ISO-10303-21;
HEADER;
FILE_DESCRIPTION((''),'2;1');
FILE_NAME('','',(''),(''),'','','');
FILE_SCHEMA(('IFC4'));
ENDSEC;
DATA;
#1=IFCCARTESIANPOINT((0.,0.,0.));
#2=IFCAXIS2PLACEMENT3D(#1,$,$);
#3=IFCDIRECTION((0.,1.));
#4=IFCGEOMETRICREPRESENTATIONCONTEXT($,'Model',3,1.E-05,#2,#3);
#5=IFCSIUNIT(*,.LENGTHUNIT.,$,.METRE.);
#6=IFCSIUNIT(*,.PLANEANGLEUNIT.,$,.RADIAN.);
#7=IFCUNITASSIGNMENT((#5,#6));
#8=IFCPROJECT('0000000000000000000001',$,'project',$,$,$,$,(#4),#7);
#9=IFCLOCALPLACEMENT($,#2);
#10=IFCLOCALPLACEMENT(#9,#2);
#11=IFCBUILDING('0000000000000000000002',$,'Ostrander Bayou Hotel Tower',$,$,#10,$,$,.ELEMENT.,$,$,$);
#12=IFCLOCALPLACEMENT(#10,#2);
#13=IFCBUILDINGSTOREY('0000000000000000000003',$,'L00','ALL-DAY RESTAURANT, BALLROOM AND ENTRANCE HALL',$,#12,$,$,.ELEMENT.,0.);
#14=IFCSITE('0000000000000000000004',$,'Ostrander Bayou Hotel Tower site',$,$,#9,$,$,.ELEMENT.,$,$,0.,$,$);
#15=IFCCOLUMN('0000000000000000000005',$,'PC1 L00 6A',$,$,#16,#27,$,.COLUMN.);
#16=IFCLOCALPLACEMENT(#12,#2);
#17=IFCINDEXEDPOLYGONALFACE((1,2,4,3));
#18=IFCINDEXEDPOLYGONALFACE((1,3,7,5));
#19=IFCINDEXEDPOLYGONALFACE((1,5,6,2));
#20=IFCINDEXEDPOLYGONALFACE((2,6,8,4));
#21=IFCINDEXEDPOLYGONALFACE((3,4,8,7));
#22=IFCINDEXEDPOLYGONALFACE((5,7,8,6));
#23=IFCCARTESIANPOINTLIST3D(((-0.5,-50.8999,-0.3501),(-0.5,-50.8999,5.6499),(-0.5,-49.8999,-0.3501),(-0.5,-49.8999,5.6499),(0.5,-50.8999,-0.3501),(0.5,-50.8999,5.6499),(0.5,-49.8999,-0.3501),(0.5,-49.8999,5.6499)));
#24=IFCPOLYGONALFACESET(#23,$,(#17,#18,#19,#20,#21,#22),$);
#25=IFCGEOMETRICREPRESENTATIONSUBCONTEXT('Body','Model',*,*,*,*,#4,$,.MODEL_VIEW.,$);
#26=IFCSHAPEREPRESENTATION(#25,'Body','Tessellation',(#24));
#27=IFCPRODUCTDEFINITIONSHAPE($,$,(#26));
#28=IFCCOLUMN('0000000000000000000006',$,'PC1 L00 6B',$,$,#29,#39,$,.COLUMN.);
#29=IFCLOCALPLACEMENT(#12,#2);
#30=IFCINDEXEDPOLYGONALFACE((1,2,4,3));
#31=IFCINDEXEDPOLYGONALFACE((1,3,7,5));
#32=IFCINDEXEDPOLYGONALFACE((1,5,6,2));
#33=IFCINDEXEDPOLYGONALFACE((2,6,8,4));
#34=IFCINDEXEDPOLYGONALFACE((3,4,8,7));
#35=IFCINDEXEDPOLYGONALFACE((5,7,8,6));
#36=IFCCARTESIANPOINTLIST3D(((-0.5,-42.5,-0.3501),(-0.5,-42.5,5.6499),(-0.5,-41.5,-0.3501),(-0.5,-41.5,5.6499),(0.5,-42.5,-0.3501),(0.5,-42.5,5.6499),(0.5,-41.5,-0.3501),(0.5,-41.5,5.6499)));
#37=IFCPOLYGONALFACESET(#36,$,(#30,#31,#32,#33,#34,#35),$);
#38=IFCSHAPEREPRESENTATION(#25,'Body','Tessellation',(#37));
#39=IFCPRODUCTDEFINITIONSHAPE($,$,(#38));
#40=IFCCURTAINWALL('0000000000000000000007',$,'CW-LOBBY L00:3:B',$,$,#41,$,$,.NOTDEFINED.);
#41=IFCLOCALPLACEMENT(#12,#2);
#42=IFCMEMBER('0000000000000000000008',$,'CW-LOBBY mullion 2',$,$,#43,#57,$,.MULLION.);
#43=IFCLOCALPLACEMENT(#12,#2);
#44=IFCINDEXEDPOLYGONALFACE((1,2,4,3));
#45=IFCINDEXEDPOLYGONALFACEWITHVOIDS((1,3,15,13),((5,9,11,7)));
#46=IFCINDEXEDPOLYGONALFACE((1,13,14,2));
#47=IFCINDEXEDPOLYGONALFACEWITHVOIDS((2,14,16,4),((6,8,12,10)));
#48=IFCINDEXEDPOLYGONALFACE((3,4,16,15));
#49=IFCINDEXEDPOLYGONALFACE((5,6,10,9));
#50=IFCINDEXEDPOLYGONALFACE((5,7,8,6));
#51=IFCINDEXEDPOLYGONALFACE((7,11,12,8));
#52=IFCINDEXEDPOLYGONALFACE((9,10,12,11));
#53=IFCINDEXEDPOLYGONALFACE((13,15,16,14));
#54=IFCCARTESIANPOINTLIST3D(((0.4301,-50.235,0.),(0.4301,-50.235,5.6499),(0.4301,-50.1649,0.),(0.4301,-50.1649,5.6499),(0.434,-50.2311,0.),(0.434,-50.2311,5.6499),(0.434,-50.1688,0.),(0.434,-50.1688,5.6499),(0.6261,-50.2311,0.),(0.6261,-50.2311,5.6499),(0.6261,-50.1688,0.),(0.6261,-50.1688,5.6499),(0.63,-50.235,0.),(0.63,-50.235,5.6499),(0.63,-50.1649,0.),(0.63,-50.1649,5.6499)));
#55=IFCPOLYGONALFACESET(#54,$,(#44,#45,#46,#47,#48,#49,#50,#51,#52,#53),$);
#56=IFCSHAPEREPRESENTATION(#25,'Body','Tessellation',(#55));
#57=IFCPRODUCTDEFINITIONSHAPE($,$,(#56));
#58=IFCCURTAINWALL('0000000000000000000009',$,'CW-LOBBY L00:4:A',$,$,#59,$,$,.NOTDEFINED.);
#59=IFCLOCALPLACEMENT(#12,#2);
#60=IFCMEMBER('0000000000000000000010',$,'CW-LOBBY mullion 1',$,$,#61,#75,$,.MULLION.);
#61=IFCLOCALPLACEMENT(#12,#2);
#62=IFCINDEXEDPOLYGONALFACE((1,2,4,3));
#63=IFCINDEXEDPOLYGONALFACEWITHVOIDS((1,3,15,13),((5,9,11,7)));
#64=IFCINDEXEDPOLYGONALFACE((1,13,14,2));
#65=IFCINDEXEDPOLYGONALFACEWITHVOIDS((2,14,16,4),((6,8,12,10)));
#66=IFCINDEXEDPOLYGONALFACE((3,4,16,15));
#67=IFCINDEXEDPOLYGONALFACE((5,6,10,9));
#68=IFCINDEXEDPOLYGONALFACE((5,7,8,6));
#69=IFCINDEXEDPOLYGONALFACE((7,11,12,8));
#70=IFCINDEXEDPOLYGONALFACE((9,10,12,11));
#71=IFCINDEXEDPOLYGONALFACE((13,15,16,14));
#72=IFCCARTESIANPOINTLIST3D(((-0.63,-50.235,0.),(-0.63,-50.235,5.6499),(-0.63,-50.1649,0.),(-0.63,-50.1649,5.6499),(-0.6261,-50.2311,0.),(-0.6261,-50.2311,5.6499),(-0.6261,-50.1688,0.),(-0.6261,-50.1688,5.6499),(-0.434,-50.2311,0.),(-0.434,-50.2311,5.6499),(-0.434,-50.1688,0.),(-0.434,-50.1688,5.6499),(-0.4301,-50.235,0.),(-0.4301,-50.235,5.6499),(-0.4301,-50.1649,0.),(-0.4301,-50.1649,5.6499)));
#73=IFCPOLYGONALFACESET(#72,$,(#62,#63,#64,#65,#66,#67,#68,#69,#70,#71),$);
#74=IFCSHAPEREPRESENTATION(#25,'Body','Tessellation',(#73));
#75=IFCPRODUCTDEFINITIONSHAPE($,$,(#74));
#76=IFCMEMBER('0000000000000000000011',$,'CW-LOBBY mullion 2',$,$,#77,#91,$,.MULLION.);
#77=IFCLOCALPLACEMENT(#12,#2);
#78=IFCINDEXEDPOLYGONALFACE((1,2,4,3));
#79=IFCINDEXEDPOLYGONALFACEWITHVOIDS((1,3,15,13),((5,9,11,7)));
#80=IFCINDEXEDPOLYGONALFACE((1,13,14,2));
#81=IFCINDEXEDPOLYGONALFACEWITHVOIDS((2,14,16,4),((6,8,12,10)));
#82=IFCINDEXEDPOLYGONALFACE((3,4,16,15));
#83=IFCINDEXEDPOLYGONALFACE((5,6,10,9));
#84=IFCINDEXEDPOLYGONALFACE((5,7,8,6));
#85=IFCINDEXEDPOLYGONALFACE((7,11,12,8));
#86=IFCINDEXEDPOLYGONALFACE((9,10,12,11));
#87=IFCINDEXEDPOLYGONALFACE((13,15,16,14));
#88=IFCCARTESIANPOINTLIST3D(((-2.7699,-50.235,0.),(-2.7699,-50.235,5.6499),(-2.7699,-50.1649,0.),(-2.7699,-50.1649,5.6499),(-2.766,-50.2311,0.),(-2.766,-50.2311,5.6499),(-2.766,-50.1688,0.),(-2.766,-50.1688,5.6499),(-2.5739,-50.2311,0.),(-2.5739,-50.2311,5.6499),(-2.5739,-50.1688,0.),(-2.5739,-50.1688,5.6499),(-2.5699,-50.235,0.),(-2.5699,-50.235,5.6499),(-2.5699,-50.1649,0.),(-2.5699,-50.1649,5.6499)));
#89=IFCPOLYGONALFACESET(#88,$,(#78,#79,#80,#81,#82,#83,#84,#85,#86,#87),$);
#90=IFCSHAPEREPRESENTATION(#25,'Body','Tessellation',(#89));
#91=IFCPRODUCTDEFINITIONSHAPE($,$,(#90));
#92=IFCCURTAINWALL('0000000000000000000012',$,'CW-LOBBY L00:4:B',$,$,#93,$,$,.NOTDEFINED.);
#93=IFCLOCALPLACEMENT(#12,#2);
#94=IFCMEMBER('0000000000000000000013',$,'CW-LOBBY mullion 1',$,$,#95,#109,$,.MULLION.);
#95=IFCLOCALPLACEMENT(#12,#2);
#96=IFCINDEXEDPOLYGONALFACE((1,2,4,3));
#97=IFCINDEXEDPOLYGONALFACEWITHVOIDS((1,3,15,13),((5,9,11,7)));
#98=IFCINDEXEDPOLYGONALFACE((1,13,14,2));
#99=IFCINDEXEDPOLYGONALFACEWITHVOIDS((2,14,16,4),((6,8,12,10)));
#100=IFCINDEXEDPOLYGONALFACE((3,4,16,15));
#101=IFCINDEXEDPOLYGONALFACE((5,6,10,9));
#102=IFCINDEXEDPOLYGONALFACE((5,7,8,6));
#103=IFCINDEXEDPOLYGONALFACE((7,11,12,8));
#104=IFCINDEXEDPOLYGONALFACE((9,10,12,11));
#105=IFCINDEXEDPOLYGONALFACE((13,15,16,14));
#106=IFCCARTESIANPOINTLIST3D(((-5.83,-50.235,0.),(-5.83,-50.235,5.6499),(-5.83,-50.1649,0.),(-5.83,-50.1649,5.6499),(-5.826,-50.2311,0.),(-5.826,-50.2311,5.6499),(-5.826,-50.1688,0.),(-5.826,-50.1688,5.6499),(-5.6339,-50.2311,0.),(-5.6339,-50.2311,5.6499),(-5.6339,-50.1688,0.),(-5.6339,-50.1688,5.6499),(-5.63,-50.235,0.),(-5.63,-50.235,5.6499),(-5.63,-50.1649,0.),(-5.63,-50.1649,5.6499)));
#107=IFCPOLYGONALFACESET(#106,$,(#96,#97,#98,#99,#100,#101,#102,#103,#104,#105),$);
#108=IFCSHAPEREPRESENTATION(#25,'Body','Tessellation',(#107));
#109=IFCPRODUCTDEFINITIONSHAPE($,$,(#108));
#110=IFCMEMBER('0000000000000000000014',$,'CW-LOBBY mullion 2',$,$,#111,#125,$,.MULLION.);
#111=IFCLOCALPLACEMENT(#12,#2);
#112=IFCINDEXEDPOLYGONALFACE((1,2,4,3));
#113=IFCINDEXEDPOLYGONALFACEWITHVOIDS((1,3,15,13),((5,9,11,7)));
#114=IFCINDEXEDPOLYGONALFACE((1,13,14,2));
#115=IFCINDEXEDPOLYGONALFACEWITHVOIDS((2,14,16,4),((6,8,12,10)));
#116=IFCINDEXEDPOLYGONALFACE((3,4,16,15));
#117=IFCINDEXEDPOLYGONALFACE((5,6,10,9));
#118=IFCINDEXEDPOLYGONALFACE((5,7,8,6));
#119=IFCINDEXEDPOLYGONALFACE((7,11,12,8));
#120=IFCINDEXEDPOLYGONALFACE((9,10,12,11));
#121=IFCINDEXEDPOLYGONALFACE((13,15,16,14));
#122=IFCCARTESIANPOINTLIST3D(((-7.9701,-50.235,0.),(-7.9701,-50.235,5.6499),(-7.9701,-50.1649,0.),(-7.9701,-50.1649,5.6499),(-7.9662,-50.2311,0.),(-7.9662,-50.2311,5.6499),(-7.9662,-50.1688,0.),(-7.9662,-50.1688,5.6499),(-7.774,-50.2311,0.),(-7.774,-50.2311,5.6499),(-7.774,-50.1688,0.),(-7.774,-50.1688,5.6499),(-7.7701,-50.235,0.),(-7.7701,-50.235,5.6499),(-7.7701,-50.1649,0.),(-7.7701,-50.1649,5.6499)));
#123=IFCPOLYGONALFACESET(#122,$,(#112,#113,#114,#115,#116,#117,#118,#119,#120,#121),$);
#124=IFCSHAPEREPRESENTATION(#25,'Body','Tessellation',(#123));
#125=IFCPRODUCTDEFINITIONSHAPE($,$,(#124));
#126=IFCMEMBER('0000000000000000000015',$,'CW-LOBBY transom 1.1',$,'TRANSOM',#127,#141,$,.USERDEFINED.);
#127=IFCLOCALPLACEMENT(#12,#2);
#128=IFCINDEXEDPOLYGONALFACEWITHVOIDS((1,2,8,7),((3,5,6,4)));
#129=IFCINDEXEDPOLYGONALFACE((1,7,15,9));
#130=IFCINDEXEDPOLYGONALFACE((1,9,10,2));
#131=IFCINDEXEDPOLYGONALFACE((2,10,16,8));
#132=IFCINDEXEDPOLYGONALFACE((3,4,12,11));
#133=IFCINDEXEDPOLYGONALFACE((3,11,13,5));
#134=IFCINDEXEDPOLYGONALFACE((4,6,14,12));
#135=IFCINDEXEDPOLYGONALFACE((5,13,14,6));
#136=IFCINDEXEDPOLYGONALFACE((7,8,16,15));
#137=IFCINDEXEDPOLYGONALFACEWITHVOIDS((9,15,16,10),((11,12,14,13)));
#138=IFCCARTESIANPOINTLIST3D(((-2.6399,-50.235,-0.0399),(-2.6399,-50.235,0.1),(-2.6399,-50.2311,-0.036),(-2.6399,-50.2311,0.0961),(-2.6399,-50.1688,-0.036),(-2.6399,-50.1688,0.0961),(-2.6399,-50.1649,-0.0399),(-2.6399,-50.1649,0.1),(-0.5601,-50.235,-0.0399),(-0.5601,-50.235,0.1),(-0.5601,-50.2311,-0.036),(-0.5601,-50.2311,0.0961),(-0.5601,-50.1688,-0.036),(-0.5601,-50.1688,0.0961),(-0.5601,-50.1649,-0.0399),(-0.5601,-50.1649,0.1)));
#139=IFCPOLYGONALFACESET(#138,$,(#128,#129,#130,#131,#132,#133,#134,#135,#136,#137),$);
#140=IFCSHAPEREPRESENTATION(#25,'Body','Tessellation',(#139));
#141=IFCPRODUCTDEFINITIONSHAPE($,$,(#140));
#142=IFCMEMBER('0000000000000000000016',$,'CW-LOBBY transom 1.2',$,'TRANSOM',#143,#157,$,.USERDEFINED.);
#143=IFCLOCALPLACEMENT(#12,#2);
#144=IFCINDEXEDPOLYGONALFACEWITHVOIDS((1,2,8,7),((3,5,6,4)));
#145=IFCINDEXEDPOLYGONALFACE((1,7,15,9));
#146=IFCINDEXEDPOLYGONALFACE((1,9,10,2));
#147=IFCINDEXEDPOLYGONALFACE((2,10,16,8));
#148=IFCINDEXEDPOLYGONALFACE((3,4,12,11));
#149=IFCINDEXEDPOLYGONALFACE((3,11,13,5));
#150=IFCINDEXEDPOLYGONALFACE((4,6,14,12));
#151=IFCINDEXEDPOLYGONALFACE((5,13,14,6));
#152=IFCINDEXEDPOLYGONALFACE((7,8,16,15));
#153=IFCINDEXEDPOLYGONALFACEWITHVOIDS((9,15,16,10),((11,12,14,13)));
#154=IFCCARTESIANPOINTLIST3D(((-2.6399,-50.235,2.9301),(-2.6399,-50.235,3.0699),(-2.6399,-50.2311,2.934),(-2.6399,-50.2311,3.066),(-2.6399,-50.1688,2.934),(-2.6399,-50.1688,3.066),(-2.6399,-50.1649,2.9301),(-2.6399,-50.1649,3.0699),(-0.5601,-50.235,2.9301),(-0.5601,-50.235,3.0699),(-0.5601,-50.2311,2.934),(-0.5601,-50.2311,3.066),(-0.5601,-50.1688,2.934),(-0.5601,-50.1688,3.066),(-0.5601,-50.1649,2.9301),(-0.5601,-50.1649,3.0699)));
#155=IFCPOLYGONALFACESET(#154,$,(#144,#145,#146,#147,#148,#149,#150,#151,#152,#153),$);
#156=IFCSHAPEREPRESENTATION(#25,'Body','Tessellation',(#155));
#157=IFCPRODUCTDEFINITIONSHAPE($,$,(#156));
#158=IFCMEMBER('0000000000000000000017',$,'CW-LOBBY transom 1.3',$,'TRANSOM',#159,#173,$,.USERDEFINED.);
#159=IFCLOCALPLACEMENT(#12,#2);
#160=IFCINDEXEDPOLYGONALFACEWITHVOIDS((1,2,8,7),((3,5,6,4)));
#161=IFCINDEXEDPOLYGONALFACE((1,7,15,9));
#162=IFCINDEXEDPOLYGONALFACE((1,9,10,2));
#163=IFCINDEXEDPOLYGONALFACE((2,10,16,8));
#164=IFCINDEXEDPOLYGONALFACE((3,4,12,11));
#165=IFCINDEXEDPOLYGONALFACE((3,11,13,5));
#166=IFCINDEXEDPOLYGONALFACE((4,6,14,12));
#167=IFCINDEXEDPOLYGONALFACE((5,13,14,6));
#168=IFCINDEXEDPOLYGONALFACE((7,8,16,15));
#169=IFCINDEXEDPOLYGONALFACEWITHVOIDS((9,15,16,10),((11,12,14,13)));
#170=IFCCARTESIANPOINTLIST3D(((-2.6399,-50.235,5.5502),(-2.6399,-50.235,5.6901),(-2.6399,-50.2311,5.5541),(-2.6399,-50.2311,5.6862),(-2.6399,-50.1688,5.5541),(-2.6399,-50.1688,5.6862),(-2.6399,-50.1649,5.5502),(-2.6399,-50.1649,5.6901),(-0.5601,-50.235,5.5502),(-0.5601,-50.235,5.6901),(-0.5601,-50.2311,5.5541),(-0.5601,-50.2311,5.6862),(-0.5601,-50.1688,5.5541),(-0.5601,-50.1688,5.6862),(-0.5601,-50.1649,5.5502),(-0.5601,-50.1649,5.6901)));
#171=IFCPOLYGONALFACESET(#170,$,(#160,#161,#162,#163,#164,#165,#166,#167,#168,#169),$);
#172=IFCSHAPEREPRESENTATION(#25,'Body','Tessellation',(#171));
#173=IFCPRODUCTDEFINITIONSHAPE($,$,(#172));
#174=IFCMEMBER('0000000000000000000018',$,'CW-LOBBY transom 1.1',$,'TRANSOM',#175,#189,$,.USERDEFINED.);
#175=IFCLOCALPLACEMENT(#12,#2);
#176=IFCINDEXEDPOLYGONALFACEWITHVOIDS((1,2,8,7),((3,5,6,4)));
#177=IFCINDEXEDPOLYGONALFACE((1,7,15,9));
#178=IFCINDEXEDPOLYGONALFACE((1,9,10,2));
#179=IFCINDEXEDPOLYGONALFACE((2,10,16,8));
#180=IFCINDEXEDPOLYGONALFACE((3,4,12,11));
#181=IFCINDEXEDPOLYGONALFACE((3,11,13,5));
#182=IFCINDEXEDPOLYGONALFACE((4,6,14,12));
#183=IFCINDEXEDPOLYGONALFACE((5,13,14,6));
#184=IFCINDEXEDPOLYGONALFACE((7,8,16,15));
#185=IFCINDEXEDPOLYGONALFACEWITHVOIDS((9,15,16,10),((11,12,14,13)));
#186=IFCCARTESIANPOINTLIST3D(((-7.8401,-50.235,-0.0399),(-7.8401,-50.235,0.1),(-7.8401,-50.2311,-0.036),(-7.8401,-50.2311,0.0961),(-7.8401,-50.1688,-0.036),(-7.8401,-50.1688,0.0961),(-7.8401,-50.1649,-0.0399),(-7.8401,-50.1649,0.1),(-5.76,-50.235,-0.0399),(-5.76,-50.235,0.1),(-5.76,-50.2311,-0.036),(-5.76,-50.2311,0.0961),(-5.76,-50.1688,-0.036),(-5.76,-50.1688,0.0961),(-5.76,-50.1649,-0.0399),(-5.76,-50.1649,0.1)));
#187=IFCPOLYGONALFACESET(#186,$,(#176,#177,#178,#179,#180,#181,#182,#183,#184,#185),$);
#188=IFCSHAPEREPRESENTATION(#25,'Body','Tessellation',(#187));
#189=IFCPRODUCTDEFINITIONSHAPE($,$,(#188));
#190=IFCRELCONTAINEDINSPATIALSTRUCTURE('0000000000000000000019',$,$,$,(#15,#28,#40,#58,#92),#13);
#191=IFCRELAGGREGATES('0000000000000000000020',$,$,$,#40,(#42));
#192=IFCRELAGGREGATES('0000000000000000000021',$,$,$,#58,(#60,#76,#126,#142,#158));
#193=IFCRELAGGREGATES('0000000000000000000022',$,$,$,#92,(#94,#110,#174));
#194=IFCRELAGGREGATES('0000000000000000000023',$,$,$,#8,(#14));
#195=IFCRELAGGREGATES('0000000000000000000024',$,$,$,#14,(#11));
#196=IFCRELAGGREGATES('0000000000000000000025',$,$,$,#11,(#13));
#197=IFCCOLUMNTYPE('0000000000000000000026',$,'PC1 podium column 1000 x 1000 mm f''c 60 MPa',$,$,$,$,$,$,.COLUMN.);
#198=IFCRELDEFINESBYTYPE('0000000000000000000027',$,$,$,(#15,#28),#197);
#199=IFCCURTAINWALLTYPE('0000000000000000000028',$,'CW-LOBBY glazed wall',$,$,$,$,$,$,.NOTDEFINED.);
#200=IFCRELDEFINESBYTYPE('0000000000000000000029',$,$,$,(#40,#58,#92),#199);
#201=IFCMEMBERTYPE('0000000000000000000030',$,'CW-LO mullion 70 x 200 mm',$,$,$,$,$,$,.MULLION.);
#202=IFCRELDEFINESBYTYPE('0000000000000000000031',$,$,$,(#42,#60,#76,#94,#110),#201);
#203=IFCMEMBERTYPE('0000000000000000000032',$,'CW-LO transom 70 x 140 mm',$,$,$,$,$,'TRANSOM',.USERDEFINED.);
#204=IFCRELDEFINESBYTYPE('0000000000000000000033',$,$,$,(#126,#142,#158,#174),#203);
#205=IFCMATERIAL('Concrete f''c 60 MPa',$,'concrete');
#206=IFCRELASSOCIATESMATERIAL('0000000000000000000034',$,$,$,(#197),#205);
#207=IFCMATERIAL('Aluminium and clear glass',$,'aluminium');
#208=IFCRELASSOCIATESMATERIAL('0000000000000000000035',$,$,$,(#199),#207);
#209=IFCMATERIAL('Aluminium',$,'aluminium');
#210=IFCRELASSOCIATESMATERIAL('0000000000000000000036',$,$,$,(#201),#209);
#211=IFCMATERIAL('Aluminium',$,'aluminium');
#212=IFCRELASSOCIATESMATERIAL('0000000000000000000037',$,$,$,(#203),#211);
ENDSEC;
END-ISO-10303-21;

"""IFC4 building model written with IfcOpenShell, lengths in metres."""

from ifc_helpers import new_model, si_unit, direction, frame, origin, origin_2d, place, context, subcontext, project, spatial, rectangle, hollow_rectangle, extrude, material, material_profile, profile_set, type_object, element, aggregate, save


model = new_model("IFC4")

# Units and contexts
model_context = context("Model", 3, precision=1e-05, world=origin(), true_north=direction((0.0, 1.0)))
body_context = subcontext(model_context, "Body", "Model", "MODEL_VIEW")
ifc_project = project(units=[si_unit("LENGTHUNIT", "METRE"), si_unit("PLANEANGLEUNIT", "RADIAN")], contexts=[model_context])

# Site, building, storey
site_placement = place(None, origin())
site = spatial("IfcSite", under=ifc_project, at=site_placement, Name="Ostrander Bayou Hotel Tower site", CompositionType="ELEMENT", RefElevation=0.0)
building_placement = place(site_placement, origin())
building = spatial("IfcBuilding", under=site, at=building_placement, Name="Ostrander Bayou Hotel Tower", CompositionType="ELEMENT")
storey_placement = place(building_placement, origin())
storey = spatial("IfcBuildingStorey", under=building, at=storey_placement, Name="L00", Description="ALL-DAY RESTAURANT, BALLROOM AND ENTRANCE HALL", CompositionType="ELEMENT", Elevation=0.0)

# Columns
ifc_material_1 = material(Name="Concrete f'c 60 MPa", Category="concrete")
ifc_material_profile_1 = material_profile(ifc_material_1, rectangle(XDim=1.0, YDim=1.0, at=origin_2d()))
ifc_profile_set_1 = profile_set([ifc_material_profile_1], Name="Concrete f'c 60 MPa")
column_type = type_object("IfcColumnType", Name="PC1 podium column 1000 x 1000 mm f'c 60 MPa", PredefinedType="COLUMN", material=ifc_profile_set_1)
for number, where, z_axis, x_axis, name in (
    (1, (0.0, -50.3999, -0.3501), (0.0, 0.0, 1.0), (1.0, 0.0, 0.0), "PC1 L00 6A"),
    (2, (0.0, -42.0, -0.3501), (0.0, 0.0, 1.0), (1.0, 0.0, 0.0), "PC1 L00 6B"),
):
    element("IfcColumn", number, at=place(storey_placement, frame(where, z_axis=z_axis, x_axis=x_axis)), inside=storey, type_object=column_type, Name=name, PredefinedType="COLUMN", context=body_context, shape_type="SweptSolid", body=[
        extrude(rectangle(XDim=1.0, YDim=1.0, at=origin_2d()), origin(), (0.0, 0.0, 1.0), 6.0),
    ])

# Curtain wall, member
ifc_material_2 = material(Name="Aluminium and clear glass", Category="aluminium")
curtain_wall_type = type_object("IfcCurtainWallType", Name="CW-LOBBY glazed wall", PredefinedType="NOTDEFINED", material=ifc_material_2)
curtain_wall_1_placement = place(storey_placement, origin())
curtain_wall_1 = element("IfcCurtainWall", 3, at=curtain_wall_1_placement, inside=storey, type_object=curtain_wall_type, Name="CW-LOBBY L00:3:B", PredefinedType="NOTDEFINED")
ifc_material_3 = material(Name="Aluminium", Category="aluminium")
ifc_material_profile_2 = material_profile(ifc_material_3, hollow_rectangle(XDim=0.0701, YDim=0.2, WallThickness=0.0039, at=origin_2d()))
ifc_profile_set_2 = profile_set([ifc_material_profile_2], Name="Aluminium")
member_type_1 = type_object("IfcMemberType", Name="CW-LO mullion 70 x 200 mm", PredefinedType="MULLION", material=ifc_profile_set_2)
member_1_placement = place(storey_placement, frame((0.53, -50.2, 0.0), z_axis=(0.0, 0.0, 1.0), x_axis=(0.0, -1.0, 0.0)))
member_1 = element("IfcMember", 4, at=member_1_placement, type_object=member_type_1, Name="CW-LOBBY mullion 2", PredefinedType="MULLION", context=body_context, shape_type="SweptSolid", body=[
    extrude(hollow_rectangle(XDim=0.0701, YDim=0.2, WallThickness=0.0039, at=origin_2d()), origin(), (0.0, 0.0, 1.0), 5.6499),
])

# Curtain walls, members
curtain_wall_2_placement = place(storey_placement, origin())
curtain_wall_2 = element("IfcCurtainWall", 5, at=curtain_wall_2_placement, inside=storey, type_object=curtain_wall_type, Name="CW-LOBBY L00:4:A", PredefinedType="NOTDEFINED")
member_2_placement = place(storey_placement, frame((-0.53, -50.2, 0.0), z_axis=(0.0, 0.0, 1.0), x_axis=(0.0, -1.0, 0.0)))
member_2 = element("IfcMember", 6, at=member_2_placement, type_object=member_type_1, Name="CW-LOBBY mullion 1", PredefinedType="MULLION", context=body_context, shape_type="SweptSolid", body=[
    extrude(hollow_rectangle(XDim=0.0701, YDim=0.2, WallThickness=0.0039, at=origin_2d()), origin(), (0.0, 0.0, 1.0), 5.6499),
])
member_3_placement = place(storey_placement, frame((-2.6699, -50.2, 0.0), z_axis=(0.0, 0.0, 1.0), x_axis=(0.0, -1.0, 0.0)))
member_3 = element("IfcMember", 7, at=member_3_placement, type_object=member_type_1, Name="CW-LOBBY mullion 2", PredefinedType="MULLION", context=body_context, shape_type="SweptSolid", body=[
    extrude(hollow_rectangle(XDim=0.0701, YDim=0.2, WallThickness=0.0039, at=origin_2d()), origin(), (0.0, 0.0, 1.0), 5.6499),
])
curtain_wall_3_placement = place(storey_placement, origin())
curtain_wall_3 = element("IfcCurtainWall", 8, at=curtain_wall_3_placement, inside=storey, type_object=curtain_wall_type, Name="CW-LOBBY L00:4:B", PredefinedType="NOTDEFINED")
member_4_placement = place(storey_placement, frame((-5.73, -50.2, 0.0), z_axis=(0.0, 0.0, 1.0), x_axis=(0.0, -1.0, 0.0)))
member_4 = element("IfcMember", 9, at=member_4_placement, type_object=member_type_1, Name="CW-LOBBY mullion 1", PredefinedType="MULLION", context=body_context, shape_type="SweptSolid", body=[
    extrude(hollow_rectangle(XDim=0.0701, YDim=0.2, WallThickness=0.0039, at=origin_2d()), origin(), (0.0, 0.0, 1.0), 5.6499),
])
member_5_placement = place(storey_placement, frame((-7.8701, -50.2, 0.0), z_axis=(0.0, 0.0, 1.0), x_axis=(0.0, -1.0, 0.0)))
member_5 = element("IfcMember", 10, at=member_5_placement, type_object=member_type_1, Name="CW-LOBBY mullion 2", PredefinedType="MULLION", context=body_context, shape_type="SweptSolid", body=[
    extrude(hollow_rectangle(XDim=0.0701, YDim=0.2, WallThickness=0.0039, at=origin_2d()), origin(), (0.0, 0.0, 1.0), 5.6499),
])

# Members
ifc_material_4 = material(Name="Aluminium", Category="aluminium")
ifc_material_profile_3 = material_profile(ifc_material_4, hollow_rectangle(XDim=0.0701, YDim=0.1399, WallThickness=0.0039, at=origin_2d()))
ifc_profile_set_3 = profile_set([ifc_material_profile_3], Name="Aluminium")
member_type_2 = type_object("IfcMemberType", Name="CW-LO transom 70 x 140 mm", ElementType="TRANSOM", PredefinedType="USERDEFINED", material=ifc_profile_set_3)
member_6_placement = place(storey_placement, frame((-0.5601, -50.2, 0.03), z_axis=(-1.0, 0.0, 0.0), x_axis=(0.0, -1.0, 0.0)))
member_6 = element("IfcMember", 11, at=member_6_placement, type_object=member_type_2, Name="CW-LOBBY transom 1.1", ObjectType="TRANSOM", PredefinedType="USERDEFINED", context=body_context, shape_type="SweptSolid", body=[
    extrude(hollow_rectangle(XDim=0.0701, YDim=0.1399, WallThickness=0.0039, at=origin_2d()), origin(), (0.0, 0.0, 1.0), 2.0798),
])
member_7_placement = place(storey_placement, frame((-0.5601, -50.2, 3.0), z_axis=(-1.0, 0.0, 0.0), x_axis=(0.0, -1.0, 0.0)))
member_7 = element("IfcMember", 12, at=member_7_placement, type_object=member_type_2, Name="CW-LOBBY transom 1.2", ObjectType="TRANSOM", PredefinedType="USERDEFINED", context=body_context, shape_type="SweptSolid", body=[
    extrude(hollow_rectangle(XDim=0.0701, YDim=0.1399, WallThickness=0.0039, at=origin_2d()), origin(), (0.0, 0.0, 1.0), 2.0798),
])
member_8_placement = place(storey_placement, frame((-0.5601, -50.2, 5.6201), z_axis=(-1.0, 0.0, 0.0), x_axis=(0.0, -1.0, 0.0)))
member_8 = element("IfcMember", 13, at=member_8_placement, type_object=member_type_2, Name="CW-LOBBY transom 1.3", ObjectType="TRANSOM", PredefinedType="USERDEFINED", context=body_context, shape_type="SweptSolid", body=[
    extrude(hollow_rectangle(XDim=0.0701, YDim=0.1399, WallThickness=0.0039, at=origin_2d()), origin(), (0.0, 0.0, 1.0), 2.0798),
])
member_9_placement = place(storey_placement, frame((-5.76, -50.2, 0.03), z_axis=(-1.0, 0.0, 0.0), x_axis=(0.0, -1.0, 0.0)))
member_9 = element("IfcMember", 14, at=member_9_placement, type_object=member_type_2, Name="CW-LOBBY transom 1.1", ObjectType="TRANSOM", PredefinedType="USERDEFINED", context=body_context, shape_type="SweptSolid", body=[
    extrude(hollow_rectangle(XDim=0.0701, YDim=0.1399, WallThickness=0.0039, at=origin_2d()), origin(), (0.0, 0.0, 1.0), 2.0801),
])

aggregate(curtain_wall_1, [member_1])
aggregate(curtain_wall_2, [member_2, member_3, member_6, member_7, member_8])
aggregate(curtain_wall_3, [member_4, member_5, member_9])

save(model, "model.ifc")
